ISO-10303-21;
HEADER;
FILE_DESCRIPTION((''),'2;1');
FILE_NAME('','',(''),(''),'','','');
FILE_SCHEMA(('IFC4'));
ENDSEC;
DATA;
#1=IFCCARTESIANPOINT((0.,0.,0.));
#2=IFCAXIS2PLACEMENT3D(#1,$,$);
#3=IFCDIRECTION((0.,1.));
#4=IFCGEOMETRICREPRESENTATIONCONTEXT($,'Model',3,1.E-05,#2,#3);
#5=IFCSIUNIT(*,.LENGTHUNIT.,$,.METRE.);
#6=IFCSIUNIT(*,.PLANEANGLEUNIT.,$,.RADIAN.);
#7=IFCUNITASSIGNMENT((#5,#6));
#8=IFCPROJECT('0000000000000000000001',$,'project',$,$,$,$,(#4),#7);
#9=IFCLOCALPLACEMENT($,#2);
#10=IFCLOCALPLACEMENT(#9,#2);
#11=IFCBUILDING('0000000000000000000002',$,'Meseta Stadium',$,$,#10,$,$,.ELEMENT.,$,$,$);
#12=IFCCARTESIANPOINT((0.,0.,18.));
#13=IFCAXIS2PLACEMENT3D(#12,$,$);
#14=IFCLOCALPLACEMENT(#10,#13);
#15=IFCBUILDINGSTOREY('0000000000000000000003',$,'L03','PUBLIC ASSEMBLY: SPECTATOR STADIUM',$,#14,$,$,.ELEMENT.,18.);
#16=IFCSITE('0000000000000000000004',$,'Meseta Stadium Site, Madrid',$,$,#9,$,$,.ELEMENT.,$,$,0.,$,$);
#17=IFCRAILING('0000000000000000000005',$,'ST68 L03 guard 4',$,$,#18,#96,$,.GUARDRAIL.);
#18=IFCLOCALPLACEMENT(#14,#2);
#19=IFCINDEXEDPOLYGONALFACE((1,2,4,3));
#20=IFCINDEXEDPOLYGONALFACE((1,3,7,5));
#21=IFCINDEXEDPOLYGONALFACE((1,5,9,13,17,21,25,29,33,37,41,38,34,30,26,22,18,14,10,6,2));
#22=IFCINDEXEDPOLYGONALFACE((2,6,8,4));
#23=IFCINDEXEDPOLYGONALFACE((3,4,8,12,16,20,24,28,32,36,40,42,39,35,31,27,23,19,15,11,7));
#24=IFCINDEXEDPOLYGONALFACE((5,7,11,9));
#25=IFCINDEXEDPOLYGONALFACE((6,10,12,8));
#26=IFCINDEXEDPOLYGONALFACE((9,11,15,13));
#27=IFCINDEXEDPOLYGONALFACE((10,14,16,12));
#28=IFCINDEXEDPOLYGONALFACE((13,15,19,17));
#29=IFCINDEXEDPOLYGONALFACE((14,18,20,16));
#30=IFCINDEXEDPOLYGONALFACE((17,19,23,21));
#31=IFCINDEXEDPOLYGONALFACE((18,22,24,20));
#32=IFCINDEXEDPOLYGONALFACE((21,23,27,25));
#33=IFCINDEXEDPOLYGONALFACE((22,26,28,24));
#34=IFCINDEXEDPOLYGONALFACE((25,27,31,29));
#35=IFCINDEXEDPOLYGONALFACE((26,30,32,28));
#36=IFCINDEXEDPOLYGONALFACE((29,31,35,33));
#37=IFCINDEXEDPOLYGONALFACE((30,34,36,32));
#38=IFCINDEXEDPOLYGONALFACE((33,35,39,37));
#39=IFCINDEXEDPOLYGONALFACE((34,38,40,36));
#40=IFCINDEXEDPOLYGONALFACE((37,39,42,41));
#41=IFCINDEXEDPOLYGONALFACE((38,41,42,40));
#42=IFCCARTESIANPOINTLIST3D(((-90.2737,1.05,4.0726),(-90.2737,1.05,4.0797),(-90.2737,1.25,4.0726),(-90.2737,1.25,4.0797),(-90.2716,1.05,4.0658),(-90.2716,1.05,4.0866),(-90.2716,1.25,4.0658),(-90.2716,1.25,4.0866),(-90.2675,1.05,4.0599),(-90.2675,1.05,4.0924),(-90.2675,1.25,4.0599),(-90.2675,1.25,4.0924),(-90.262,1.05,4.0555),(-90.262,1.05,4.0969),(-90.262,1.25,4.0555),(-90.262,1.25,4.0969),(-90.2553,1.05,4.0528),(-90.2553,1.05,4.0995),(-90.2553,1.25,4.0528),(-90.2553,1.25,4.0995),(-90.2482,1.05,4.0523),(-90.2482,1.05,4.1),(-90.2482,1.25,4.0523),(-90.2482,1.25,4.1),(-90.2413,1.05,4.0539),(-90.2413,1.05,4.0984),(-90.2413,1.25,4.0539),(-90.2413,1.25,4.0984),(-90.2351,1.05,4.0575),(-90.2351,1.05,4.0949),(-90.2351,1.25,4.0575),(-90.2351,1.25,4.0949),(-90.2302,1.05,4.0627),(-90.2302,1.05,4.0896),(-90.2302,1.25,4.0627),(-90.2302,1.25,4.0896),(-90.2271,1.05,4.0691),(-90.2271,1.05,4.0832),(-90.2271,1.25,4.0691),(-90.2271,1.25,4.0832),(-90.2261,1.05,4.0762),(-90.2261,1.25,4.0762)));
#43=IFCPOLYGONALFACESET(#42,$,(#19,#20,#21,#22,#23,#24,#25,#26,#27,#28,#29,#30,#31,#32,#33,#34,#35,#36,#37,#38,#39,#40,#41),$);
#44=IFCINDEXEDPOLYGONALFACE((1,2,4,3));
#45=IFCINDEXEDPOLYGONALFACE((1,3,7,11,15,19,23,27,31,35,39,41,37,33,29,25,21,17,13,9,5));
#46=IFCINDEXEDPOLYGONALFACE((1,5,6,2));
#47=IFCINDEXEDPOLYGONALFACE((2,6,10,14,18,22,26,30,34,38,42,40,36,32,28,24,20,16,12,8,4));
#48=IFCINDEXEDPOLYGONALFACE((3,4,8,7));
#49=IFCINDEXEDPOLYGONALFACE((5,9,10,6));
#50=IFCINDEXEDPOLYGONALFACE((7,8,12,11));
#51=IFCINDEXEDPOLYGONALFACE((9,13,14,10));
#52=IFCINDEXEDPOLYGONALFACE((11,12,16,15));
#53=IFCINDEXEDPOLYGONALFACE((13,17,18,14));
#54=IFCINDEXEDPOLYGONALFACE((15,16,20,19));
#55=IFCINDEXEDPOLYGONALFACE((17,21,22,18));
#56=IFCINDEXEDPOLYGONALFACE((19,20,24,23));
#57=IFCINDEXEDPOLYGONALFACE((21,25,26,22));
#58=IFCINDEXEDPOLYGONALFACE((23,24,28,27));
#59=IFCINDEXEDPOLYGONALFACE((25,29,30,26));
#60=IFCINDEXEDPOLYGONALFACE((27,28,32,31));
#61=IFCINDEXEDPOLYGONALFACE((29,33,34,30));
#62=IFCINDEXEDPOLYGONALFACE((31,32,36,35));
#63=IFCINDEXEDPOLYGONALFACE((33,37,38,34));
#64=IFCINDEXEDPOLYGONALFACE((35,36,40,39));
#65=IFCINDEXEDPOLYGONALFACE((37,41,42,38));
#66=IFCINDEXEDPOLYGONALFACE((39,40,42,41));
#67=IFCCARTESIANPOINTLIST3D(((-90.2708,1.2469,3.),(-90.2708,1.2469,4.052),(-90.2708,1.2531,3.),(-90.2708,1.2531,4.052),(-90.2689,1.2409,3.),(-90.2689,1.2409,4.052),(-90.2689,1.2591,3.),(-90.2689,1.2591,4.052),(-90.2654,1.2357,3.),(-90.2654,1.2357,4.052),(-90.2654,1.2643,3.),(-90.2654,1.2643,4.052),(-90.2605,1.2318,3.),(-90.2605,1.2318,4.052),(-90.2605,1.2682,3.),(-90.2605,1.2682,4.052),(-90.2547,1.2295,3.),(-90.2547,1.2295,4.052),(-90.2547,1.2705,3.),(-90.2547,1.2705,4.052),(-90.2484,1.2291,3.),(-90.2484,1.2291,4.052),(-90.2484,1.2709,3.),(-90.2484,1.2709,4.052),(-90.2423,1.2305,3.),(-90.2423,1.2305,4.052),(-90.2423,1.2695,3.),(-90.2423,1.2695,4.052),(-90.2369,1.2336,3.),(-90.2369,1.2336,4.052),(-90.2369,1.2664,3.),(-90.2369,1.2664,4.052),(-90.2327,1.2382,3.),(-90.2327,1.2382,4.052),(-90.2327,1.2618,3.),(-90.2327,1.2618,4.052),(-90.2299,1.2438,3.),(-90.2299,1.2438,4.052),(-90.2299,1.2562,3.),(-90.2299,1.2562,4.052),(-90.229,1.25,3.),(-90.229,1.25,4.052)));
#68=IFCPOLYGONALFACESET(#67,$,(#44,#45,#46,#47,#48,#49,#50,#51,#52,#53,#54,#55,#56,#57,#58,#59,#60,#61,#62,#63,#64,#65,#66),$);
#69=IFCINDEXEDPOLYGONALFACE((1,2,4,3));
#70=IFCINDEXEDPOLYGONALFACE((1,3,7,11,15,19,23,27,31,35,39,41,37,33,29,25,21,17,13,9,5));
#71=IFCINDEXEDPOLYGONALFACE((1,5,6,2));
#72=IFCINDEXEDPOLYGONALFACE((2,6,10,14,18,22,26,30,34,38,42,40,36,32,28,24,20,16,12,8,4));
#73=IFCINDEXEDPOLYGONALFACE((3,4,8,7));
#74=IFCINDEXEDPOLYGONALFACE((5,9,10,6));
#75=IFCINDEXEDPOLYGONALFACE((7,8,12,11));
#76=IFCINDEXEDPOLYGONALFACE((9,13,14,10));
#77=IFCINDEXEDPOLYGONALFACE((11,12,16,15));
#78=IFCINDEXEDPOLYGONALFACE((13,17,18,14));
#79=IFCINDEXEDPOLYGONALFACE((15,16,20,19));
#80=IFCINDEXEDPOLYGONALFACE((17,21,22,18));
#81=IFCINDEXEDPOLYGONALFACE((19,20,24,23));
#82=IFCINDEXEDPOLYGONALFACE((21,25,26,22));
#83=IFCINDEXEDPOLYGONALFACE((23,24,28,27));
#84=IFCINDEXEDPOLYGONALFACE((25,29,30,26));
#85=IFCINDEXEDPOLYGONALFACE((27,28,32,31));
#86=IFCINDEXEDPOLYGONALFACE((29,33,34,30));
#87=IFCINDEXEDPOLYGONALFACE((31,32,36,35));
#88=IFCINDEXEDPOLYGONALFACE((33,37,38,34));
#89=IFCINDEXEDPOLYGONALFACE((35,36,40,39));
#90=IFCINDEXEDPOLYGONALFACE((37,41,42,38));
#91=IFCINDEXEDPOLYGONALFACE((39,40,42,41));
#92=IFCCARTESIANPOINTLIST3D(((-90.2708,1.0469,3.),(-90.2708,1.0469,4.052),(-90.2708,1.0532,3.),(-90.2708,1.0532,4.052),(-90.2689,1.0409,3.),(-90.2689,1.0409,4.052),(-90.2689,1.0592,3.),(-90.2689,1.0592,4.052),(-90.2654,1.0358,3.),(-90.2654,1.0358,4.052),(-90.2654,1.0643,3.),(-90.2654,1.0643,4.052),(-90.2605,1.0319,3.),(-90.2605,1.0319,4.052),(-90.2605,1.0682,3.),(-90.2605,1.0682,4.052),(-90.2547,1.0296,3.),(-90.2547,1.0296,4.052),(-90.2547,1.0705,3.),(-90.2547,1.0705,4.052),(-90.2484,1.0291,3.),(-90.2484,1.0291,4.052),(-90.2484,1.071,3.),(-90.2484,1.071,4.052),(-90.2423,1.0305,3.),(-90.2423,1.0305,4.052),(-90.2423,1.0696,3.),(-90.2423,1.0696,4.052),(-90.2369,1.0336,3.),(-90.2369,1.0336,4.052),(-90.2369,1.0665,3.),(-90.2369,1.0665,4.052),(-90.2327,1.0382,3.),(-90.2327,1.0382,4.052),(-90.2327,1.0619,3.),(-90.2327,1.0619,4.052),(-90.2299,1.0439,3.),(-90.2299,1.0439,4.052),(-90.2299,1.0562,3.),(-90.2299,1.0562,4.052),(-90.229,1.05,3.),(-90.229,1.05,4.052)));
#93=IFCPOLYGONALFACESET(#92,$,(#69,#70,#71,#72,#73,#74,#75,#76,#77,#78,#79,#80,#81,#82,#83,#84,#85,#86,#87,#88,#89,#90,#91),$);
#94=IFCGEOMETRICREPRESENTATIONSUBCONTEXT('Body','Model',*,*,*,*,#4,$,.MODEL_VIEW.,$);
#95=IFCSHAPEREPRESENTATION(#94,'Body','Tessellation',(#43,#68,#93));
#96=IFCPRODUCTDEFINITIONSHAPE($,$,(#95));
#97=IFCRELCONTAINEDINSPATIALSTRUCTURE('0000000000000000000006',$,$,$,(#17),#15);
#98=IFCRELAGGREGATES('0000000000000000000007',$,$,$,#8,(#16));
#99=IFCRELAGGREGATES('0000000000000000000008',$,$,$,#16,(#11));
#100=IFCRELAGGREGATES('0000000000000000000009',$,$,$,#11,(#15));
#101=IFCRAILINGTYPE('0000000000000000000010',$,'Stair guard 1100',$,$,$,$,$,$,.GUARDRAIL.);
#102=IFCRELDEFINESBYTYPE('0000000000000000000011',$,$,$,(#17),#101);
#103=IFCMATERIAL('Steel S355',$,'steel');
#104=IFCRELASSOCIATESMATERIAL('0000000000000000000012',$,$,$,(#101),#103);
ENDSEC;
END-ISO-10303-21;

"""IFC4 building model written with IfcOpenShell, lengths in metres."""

from ifc_helpers import new_model, si_unit, direction, frame, origin, origin_2d, place, context, subcontext, project, spatial, circle, extrude, material, type_object, element, save


model = new_model("IFC4")

# Units and contexts
model_context = context("Model", 3, precision=1e-05, world=origin(), true_north=direction((0.0, 1.0)))
body_context = subcontext(model_context, "Body", "Model", "MODEL_VIEW")
ifc_project = project(units=[si_unit("LENGTHUNIT", "METRE"), si_unit("PLANEANGLEUNIT", "RADIAN")], contexts=[model_context])

# Site, building, storey
site_placement = place(None, origin())
site = spatial("IfcSite", under=ifc_project, at=site_placement, Name="Meseta Stadium Site, Madrid", CompositionType="ELEMENT", RefElevation=0.0)
building_placement = place(site_placement, origin())
building = spatial("IfcBuilding", under=site, at=building_placement, Name="Meseta Stadium", CompositionType="ELEMENT")
storey_placement = place(building_placement, frame((0.0, 0.0, 18.0)))
storey = spatial("IfcBuildingStorey", under=building, at=storey_placement, Name="L03", Description="PUBLIC ASSEMBLY: SPECTATOR STADIUM", CompositionType="ELEMENT", Elevation=18.0)

# Railing
ifc_material_1 = material(Name="Steel S355", Category="steel")
railing_type_1 = type_object("IfcRailingType", Name="Stair guard 1100", PredefinedType="GUARDRAIL", material=ifc_material_1)
railing_1_placement = place(storey_placement, frame((-90.25, 1.25, 3.0)))
element("IfcRailing", 1, at=railing_1_placement, inside=storey, type_object=railing_type_1, Name="ST68 L03 guard 4", PredefinedType="GUARDRAIL", context=body_context, shape_type="SweptSolid", body=[
    extrude(circle(Radius=0.0239, at=origin_2d()), frame((0.0, 0.0, 1.0762), z_axis=(0.0, -1.0, 0.0), x_axis=(1.0, 0.0, 0.0)), (0.0, 0.0, 1.0), 0.2),
    extrude(circle(Radius=0.021, at=origin_2d()), origin(), (0.0, 0.0, 1.0), 1.052),
    extrude(circle(Radius=0.021, at=origin_2d()), frame((0.0, -0.2, 0.0)), (0.0, 0.0, 1.0), 1.052),
])

save(model, "model.ifc")
